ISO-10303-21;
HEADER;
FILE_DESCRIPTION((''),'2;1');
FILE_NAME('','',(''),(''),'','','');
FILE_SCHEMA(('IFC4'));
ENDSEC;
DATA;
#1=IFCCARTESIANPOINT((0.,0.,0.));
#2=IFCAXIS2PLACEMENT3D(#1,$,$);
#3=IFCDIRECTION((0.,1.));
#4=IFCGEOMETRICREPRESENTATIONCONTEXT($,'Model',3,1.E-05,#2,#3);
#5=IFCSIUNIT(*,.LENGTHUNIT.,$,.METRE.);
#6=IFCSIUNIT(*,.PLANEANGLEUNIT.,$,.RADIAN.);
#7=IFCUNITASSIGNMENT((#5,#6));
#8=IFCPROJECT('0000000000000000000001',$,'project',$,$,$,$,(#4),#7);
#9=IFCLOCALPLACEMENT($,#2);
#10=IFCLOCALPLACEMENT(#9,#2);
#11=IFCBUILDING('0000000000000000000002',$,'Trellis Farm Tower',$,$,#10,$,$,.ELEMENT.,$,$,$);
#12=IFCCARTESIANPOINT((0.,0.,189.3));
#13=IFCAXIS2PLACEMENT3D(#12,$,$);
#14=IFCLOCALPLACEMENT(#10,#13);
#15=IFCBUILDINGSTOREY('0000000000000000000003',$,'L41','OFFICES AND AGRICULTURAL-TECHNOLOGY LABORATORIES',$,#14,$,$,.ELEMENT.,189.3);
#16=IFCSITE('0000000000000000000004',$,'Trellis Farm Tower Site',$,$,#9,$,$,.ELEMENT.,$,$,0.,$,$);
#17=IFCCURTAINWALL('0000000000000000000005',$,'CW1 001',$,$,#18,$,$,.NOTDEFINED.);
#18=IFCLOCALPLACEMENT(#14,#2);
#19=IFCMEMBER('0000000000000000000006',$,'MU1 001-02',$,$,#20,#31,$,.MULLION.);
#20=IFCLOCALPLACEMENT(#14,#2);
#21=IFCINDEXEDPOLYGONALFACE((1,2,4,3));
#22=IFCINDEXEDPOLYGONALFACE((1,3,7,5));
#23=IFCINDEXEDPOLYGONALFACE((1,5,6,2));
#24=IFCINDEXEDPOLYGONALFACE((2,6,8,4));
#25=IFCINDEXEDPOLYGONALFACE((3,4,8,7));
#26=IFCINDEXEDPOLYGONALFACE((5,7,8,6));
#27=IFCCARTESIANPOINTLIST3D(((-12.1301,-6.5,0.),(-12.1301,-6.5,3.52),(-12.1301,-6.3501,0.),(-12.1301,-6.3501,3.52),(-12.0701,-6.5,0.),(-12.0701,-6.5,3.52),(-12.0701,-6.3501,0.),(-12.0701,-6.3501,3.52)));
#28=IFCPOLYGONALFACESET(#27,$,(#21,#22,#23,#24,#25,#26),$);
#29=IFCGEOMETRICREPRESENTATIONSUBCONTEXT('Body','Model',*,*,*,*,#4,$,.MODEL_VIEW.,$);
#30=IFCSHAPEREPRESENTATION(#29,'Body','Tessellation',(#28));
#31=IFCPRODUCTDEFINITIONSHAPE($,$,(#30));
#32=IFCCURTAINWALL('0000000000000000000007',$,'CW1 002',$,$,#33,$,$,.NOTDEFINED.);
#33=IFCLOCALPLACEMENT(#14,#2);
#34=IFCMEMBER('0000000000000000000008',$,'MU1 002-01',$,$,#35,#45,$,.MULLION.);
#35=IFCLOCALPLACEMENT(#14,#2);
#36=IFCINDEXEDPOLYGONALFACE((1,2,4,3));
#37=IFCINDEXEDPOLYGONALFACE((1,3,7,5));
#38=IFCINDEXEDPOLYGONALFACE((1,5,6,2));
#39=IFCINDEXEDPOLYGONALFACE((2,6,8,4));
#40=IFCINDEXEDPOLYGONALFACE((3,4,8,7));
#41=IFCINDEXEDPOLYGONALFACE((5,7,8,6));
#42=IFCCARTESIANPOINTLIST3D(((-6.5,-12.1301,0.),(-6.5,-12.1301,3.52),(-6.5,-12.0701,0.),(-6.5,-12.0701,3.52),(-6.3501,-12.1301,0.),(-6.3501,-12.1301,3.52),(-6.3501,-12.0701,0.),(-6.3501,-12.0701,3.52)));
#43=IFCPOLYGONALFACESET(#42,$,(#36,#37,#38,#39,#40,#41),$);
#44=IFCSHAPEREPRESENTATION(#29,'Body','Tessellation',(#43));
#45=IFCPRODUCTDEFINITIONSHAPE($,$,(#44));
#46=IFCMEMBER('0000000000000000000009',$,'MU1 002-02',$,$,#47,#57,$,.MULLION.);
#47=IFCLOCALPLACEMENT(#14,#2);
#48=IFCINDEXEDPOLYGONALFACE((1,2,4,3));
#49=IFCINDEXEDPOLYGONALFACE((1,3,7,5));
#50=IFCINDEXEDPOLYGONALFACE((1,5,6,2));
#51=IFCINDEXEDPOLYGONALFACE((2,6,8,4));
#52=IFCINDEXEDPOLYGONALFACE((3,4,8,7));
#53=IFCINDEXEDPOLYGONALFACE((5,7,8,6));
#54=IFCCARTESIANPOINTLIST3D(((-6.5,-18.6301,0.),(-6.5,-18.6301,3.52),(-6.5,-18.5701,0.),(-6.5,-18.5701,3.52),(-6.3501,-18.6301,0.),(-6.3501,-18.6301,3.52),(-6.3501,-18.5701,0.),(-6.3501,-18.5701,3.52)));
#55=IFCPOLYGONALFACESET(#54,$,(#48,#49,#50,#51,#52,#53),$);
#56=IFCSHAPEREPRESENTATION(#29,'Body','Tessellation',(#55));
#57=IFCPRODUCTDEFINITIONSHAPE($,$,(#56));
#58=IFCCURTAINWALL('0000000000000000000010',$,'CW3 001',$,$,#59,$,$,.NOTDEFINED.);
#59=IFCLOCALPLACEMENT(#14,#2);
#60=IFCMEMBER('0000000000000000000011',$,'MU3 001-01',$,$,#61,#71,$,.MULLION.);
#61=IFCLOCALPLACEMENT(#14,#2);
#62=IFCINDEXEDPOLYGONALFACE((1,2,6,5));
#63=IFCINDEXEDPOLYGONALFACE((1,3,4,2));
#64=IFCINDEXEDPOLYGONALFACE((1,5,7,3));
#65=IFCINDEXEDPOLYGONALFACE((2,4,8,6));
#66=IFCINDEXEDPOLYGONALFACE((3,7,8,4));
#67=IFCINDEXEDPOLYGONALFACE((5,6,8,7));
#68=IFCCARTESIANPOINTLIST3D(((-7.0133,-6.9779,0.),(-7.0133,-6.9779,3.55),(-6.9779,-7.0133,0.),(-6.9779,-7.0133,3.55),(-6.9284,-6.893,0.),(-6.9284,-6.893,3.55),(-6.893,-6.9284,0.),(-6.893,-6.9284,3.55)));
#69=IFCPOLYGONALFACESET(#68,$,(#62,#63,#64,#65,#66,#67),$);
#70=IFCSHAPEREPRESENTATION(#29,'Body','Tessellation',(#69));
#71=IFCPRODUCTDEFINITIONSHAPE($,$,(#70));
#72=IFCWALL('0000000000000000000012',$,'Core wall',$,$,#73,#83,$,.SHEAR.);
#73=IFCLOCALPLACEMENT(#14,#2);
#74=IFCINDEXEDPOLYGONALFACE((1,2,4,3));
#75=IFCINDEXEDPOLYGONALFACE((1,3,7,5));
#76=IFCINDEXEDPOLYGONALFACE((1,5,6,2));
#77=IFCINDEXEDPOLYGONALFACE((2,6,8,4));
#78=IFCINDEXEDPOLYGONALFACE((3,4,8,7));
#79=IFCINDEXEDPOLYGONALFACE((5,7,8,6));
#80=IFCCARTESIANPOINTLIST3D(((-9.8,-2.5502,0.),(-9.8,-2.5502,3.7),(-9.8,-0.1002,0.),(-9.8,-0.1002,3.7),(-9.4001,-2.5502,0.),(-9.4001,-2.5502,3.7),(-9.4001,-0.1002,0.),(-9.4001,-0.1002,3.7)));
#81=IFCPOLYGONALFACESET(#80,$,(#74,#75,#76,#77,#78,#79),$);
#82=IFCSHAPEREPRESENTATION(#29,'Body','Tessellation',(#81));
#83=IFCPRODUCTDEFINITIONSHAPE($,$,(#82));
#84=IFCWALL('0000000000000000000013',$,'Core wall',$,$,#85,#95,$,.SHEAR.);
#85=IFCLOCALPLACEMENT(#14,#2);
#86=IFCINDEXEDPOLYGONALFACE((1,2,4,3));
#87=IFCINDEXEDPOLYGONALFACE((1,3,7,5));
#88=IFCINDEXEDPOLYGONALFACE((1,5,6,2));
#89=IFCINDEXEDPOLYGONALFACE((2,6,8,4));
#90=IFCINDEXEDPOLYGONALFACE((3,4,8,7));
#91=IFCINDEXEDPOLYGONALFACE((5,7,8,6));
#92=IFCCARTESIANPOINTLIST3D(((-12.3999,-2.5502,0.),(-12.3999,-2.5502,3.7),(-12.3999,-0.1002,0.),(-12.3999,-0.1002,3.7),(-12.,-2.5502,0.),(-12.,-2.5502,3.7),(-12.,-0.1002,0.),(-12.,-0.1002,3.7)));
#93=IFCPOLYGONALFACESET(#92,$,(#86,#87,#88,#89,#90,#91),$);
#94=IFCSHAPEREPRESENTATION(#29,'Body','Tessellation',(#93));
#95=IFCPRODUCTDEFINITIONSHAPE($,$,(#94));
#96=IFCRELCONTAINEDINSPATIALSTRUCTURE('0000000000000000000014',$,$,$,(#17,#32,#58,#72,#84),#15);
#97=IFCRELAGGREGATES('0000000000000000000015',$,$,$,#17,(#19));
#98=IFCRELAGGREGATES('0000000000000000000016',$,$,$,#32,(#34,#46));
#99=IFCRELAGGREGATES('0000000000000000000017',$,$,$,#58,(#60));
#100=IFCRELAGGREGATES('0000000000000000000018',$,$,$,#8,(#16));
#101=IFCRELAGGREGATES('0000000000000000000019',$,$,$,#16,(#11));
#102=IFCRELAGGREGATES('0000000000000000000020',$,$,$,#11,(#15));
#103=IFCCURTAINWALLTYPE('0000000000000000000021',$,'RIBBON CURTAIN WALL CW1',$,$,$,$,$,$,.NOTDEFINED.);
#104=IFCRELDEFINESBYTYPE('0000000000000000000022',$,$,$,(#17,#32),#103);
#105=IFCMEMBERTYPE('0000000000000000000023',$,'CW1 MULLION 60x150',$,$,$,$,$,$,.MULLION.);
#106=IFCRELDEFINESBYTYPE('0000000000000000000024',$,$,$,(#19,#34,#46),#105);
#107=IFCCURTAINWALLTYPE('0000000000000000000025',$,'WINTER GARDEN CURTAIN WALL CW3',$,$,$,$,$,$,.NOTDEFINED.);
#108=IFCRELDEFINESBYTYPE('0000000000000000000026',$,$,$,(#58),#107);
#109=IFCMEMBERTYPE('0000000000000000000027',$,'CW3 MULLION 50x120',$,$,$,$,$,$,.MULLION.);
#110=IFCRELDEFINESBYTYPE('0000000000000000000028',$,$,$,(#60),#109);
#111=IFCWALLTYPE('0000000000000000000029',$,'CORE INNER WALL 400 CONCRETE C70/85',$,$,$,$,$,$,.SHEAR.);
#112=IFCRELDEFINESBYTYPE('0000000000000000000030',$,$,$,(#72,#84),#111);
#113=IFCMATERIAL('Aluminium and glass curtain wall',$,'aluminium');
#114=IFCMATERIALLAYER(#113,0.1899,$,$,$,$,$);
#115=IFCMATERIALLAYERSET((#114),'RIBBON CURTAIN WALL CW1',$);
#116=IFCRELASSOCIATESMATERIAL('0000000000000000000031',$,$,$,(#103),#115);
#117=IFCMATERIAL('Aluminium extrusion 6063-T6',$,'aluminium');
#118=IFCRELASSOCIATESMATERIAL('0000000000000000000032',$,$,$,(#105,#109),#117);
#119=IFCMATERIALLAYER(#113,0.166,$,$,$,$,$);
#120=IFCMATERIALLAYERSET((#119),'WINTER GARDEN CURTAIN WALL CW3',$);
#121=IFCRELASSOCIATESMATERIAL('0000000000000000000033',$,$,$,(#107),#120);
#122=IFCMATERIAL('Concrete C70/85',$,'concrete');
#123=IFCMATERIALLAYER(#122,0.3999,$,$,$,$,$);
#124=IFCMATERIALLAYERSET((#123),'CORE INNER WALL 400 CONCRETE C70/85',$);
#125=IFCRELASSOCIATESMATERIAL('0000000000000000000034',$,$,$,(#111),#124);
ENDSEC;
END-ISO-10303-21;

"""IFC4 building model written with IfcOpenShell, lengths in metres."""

from ifc_helpers import new_model, si_unit, direction, frame, frame_2d, origin, origin_2d, place, context, subcontext, project, spatial, rectangle, extrude, source, transform, mapped, material, layer, layer_set, material_profile, profile_set, type_object, element, aggregate, save


model = new_model("IFC4")

# Units and contexts
model_context = context("Model", 3, precision=1e-05, world=origin(), true_north=direction((0.0, 1.0)))
body_context = subcontext(model_context, "Body", "Model", "MODEL_VIEW")
ifc_project = project(units=[si_unit("LENGTHUNIT", "METRE"), si_unit("PLANEANGLEUNIT", "RADIAN")], contexts=[model_context])

# Site, building, storey
site_placement = place(None, origin())
site = spatial("IfcSite", under=ifc_project, at=site_placement, Name="Trellis Farm Tower Site", CompositionType="ELEMENT", RefElevation=0.0)
building_placement = place(site_placement, origin())
building = spatial("IfcBuilding", under=site, at=building_placement, Name="Trellis Farm Tower", CompositionType="ELEMENT")
storey_placement = place(building_placement, frame((0.0, 0.0, 189.3)))
storey = spatial("IfcBuildingStorey", under=building, at=storey_placement, Name="L41", Description="OFFICES AND AGRICULTURAL-TECHNOLOGY LABORATORIES", CompositionType="ELEMENT", Elevation=189.3)

# Shared definitions
ifc_material_1 = material(Name="Concrete C70/85", Category="concrete")

# Curtain wall, member
ifc_material_2 = material(Name="Aluminium and glass curtain wall", Category="aluminium")
ifc_layer_1 = layer(ifc_material_2, 0.1899)
ifc_layer_set_1 = layer_set([ifc_layer_1], Name="RIBBON CURTAIN WALL CW1")
curtain_wall_type_1 = type_object("IfcCurtainWallType", Name="RIBBON CURTAIN WALL CW1", PredefinedType="NOTDEFINED", material=ifc_layer_set_1)
placement = place(storey_placement, origin())
curtain_wall_1 = element("IfcCurtainWall", 1, at=placement, inside=storey, type_object=curtain_wall_type_1, Name="CW1 001", PredefinedType="NOTDEFINED")
ifc_material_3 = material(Name="Aluminium extrusion 6063-T6", Category="aluminium")
ifc_material_profile_1 = material_profile(ifc_material_3, rectangle(XDim=0.0601, YDim=0.1499, at=origin_2d()), Name="MULLION 60x150")
ifc_profile_set_1 = profile_set([ifc_material_profile_1], Name="Aluminium extrusion 6063-T6")
member_type_1 = type_object("IfcMemberType", Name="CW1 MULLION 60x150", PredefinedType="MULLION", material=ifc_profile_set_1)
shared_shape_1 = source(origin(), body_context, "Body", "SweptSolid", [
    extrude(rectangle(XDim=0.0601, YDim=0.1499, at=origin_2d()), origin(), (0.0, 0.0, 1.0), 3.52),
])
member_1_placement = place(storey_placement, frame((-12.1001, -6.425, 0.0), z_axis=(0.0, 0.0, 1.0), x_axis=(1.0, 0.0, 0.0)))
member_1 = element("IfcMember", 2, at=member_1_placement, type_object=member_type_1, Name="MU1 001-02", PredefinedType="MULLION", context=body_context, shape_type="MappedRepresentation", body=[
    mapped(shared_shape_1, transform((0.0, 0.0, 0.0))),
])
aggregate(curtain_wall_1, [member_1])

# Curtain wall, members
curtain_wall_2 = element("IfcCurtainWall", 3, at=placement, inside=storey, type_object=curtain_wall_type_1, Name="CW1 002", PredefinedType="NOTDEFINED")
member_2_placement = place(storey_placement, frame((-6.425, -12.1001, 0.0), z_axis=(0.0, 0.0, 1.0), x_axis=(0.0, -1.0, 0.0)))
member_2 = element("IfcMember", 4, at=member_2_placement, type_object=member_type_1, Name="MU1 002-01", PredefinedType="MULLION", context=body_context, shape_type="MappedRepresentation", body=[
    mapped(shared_shape_1, transform((0.0, 0.0, 0.0))),
])
member_3_placement = place(storey_placement, frame((-6.425, -18.6001, 0.0), z_axis=(0.0, 0.0, 1.0), x_axis=(0.0, -1.0, 0.0)))
member_3 = element("IfcMember", 5, at=member_3_placement, type_object=member_type_1, Name="MU1 002-02", PredefinedType="MULLION", context=body_context, shape_type="MappedRepresentation", body=[
    mapped(shared_shape_1, transform((0.0, 0.0, 0.0))),
])
aggregate(curtain_wall_2, [member_2, member_3])

# Curtain wall, member
ifc_layer_2 = layer(ifc_material_2, 0.166)
ifc_layer_set_2 = layer_set([ifc_layer_2], Name="WINTER GARDEN CURTAIN WALL CW3")
curtain_wall_type_2 = type_object("IfcCurtainWallType", Name="WINTER GARDEN CURTAIN WALL CW3", PredefinedType="NOTDEFINED", material=ifc_layer_set_2)
curtain_wall_3 = element("IfcCurtainWall", 6, at=placement, inside=storey, type_object=curtain_wall_type_2, Name="CW3 001", PredefinedType="NOTDEFINED")
ifc_material_profile_2 = material_profile(ifc_material_3, rectangle(XDim=0.05, YDim=0.1201, at=origin_2d()), Name="MULLION 50x120")
ifc_profile_set_2 = profile_set([ifc_material_profile_2], Name="Aluminium extrusion 6063-T6")
member_type_2 = type_object("IfcMemberType", Name="CW3 MULLION 50x120", PredefinedType="MULLION", material=ifc_profile_set_2)
shared_shape_2 = source(origin(), body_context, "Body", "SweptSolid", [
    extrude(rectangle(XDim=0.05, YDim=0.1201, at=origin_2d()), origin(), (0.0, 0.0, 1.0), 3.55),
])
member_4_placement = place(storey_placement, frame((-6.9531, -6.9531, 0.0), z_axis=(0.0, 0.0, 1.0), x_axis=(0.707107, -0.707107, 0.0)))
member_4 = element("IfcMember", 7, at=member_4_placement, type_object=member_type_2, Name="MU3 001-01", PredefinedType="MULLION", context=body_context, shape_type="MappedRepresentation", body=[
    mapped(shared_shape_2, transform((0.0, 0.0, 0.0))),
])
aggregate(curtain_wall_3, [member_4])

# Walls
ifc_layer_3 = layer(ifc_material_1, 0.3999)
ifc_layer_set_3 = layer_set([ifc_layer_3], Name="CORE INNER WALL 400 CONCRETE C70/85")
wall_type_1 = type_object("IfcWallType", Name="CORE INNER WALL 400 CONCRETE C70/85", PredefinedType="SHEAR", material=ifc_layer_set_3)
shared_shape_3 = source(origin(), body_context, "Body", "SweptSolid", [
    extrude(rectangle(XDim=2.45, YDim=0.3999, at=frame_2d((1.2251, 0.0))), origin(), (0.0, 0.0, 1.0), 3.7),
])
for number, where, z_axis, x_axis, name in (
    (8, (-9.6001, -0.1001, 0.0), (0.0, 0.0, 1.0), (0.0, -1.0, 0.0), "Core wall"),
    (9, (-12.2, -0.1001, 0.0), (0.0, 0.0, 1.0), (0.0, -1.0, 0.0), "Core wall"),
):
    element("IfcWall", number, at=place(storey_placement, frame(where, z_axis=z_axis, x_axis=x_axis)), inside=storey, type_object=wall_type_1, Name=name, PredefinedType="SHEAR", context=body_context, shape_type="MappedRepresentation", body=[
        mapped(shared_shape_3, transform((0.0, 0.0, 0.0))),
    ])

save(model, "model.ifc")
